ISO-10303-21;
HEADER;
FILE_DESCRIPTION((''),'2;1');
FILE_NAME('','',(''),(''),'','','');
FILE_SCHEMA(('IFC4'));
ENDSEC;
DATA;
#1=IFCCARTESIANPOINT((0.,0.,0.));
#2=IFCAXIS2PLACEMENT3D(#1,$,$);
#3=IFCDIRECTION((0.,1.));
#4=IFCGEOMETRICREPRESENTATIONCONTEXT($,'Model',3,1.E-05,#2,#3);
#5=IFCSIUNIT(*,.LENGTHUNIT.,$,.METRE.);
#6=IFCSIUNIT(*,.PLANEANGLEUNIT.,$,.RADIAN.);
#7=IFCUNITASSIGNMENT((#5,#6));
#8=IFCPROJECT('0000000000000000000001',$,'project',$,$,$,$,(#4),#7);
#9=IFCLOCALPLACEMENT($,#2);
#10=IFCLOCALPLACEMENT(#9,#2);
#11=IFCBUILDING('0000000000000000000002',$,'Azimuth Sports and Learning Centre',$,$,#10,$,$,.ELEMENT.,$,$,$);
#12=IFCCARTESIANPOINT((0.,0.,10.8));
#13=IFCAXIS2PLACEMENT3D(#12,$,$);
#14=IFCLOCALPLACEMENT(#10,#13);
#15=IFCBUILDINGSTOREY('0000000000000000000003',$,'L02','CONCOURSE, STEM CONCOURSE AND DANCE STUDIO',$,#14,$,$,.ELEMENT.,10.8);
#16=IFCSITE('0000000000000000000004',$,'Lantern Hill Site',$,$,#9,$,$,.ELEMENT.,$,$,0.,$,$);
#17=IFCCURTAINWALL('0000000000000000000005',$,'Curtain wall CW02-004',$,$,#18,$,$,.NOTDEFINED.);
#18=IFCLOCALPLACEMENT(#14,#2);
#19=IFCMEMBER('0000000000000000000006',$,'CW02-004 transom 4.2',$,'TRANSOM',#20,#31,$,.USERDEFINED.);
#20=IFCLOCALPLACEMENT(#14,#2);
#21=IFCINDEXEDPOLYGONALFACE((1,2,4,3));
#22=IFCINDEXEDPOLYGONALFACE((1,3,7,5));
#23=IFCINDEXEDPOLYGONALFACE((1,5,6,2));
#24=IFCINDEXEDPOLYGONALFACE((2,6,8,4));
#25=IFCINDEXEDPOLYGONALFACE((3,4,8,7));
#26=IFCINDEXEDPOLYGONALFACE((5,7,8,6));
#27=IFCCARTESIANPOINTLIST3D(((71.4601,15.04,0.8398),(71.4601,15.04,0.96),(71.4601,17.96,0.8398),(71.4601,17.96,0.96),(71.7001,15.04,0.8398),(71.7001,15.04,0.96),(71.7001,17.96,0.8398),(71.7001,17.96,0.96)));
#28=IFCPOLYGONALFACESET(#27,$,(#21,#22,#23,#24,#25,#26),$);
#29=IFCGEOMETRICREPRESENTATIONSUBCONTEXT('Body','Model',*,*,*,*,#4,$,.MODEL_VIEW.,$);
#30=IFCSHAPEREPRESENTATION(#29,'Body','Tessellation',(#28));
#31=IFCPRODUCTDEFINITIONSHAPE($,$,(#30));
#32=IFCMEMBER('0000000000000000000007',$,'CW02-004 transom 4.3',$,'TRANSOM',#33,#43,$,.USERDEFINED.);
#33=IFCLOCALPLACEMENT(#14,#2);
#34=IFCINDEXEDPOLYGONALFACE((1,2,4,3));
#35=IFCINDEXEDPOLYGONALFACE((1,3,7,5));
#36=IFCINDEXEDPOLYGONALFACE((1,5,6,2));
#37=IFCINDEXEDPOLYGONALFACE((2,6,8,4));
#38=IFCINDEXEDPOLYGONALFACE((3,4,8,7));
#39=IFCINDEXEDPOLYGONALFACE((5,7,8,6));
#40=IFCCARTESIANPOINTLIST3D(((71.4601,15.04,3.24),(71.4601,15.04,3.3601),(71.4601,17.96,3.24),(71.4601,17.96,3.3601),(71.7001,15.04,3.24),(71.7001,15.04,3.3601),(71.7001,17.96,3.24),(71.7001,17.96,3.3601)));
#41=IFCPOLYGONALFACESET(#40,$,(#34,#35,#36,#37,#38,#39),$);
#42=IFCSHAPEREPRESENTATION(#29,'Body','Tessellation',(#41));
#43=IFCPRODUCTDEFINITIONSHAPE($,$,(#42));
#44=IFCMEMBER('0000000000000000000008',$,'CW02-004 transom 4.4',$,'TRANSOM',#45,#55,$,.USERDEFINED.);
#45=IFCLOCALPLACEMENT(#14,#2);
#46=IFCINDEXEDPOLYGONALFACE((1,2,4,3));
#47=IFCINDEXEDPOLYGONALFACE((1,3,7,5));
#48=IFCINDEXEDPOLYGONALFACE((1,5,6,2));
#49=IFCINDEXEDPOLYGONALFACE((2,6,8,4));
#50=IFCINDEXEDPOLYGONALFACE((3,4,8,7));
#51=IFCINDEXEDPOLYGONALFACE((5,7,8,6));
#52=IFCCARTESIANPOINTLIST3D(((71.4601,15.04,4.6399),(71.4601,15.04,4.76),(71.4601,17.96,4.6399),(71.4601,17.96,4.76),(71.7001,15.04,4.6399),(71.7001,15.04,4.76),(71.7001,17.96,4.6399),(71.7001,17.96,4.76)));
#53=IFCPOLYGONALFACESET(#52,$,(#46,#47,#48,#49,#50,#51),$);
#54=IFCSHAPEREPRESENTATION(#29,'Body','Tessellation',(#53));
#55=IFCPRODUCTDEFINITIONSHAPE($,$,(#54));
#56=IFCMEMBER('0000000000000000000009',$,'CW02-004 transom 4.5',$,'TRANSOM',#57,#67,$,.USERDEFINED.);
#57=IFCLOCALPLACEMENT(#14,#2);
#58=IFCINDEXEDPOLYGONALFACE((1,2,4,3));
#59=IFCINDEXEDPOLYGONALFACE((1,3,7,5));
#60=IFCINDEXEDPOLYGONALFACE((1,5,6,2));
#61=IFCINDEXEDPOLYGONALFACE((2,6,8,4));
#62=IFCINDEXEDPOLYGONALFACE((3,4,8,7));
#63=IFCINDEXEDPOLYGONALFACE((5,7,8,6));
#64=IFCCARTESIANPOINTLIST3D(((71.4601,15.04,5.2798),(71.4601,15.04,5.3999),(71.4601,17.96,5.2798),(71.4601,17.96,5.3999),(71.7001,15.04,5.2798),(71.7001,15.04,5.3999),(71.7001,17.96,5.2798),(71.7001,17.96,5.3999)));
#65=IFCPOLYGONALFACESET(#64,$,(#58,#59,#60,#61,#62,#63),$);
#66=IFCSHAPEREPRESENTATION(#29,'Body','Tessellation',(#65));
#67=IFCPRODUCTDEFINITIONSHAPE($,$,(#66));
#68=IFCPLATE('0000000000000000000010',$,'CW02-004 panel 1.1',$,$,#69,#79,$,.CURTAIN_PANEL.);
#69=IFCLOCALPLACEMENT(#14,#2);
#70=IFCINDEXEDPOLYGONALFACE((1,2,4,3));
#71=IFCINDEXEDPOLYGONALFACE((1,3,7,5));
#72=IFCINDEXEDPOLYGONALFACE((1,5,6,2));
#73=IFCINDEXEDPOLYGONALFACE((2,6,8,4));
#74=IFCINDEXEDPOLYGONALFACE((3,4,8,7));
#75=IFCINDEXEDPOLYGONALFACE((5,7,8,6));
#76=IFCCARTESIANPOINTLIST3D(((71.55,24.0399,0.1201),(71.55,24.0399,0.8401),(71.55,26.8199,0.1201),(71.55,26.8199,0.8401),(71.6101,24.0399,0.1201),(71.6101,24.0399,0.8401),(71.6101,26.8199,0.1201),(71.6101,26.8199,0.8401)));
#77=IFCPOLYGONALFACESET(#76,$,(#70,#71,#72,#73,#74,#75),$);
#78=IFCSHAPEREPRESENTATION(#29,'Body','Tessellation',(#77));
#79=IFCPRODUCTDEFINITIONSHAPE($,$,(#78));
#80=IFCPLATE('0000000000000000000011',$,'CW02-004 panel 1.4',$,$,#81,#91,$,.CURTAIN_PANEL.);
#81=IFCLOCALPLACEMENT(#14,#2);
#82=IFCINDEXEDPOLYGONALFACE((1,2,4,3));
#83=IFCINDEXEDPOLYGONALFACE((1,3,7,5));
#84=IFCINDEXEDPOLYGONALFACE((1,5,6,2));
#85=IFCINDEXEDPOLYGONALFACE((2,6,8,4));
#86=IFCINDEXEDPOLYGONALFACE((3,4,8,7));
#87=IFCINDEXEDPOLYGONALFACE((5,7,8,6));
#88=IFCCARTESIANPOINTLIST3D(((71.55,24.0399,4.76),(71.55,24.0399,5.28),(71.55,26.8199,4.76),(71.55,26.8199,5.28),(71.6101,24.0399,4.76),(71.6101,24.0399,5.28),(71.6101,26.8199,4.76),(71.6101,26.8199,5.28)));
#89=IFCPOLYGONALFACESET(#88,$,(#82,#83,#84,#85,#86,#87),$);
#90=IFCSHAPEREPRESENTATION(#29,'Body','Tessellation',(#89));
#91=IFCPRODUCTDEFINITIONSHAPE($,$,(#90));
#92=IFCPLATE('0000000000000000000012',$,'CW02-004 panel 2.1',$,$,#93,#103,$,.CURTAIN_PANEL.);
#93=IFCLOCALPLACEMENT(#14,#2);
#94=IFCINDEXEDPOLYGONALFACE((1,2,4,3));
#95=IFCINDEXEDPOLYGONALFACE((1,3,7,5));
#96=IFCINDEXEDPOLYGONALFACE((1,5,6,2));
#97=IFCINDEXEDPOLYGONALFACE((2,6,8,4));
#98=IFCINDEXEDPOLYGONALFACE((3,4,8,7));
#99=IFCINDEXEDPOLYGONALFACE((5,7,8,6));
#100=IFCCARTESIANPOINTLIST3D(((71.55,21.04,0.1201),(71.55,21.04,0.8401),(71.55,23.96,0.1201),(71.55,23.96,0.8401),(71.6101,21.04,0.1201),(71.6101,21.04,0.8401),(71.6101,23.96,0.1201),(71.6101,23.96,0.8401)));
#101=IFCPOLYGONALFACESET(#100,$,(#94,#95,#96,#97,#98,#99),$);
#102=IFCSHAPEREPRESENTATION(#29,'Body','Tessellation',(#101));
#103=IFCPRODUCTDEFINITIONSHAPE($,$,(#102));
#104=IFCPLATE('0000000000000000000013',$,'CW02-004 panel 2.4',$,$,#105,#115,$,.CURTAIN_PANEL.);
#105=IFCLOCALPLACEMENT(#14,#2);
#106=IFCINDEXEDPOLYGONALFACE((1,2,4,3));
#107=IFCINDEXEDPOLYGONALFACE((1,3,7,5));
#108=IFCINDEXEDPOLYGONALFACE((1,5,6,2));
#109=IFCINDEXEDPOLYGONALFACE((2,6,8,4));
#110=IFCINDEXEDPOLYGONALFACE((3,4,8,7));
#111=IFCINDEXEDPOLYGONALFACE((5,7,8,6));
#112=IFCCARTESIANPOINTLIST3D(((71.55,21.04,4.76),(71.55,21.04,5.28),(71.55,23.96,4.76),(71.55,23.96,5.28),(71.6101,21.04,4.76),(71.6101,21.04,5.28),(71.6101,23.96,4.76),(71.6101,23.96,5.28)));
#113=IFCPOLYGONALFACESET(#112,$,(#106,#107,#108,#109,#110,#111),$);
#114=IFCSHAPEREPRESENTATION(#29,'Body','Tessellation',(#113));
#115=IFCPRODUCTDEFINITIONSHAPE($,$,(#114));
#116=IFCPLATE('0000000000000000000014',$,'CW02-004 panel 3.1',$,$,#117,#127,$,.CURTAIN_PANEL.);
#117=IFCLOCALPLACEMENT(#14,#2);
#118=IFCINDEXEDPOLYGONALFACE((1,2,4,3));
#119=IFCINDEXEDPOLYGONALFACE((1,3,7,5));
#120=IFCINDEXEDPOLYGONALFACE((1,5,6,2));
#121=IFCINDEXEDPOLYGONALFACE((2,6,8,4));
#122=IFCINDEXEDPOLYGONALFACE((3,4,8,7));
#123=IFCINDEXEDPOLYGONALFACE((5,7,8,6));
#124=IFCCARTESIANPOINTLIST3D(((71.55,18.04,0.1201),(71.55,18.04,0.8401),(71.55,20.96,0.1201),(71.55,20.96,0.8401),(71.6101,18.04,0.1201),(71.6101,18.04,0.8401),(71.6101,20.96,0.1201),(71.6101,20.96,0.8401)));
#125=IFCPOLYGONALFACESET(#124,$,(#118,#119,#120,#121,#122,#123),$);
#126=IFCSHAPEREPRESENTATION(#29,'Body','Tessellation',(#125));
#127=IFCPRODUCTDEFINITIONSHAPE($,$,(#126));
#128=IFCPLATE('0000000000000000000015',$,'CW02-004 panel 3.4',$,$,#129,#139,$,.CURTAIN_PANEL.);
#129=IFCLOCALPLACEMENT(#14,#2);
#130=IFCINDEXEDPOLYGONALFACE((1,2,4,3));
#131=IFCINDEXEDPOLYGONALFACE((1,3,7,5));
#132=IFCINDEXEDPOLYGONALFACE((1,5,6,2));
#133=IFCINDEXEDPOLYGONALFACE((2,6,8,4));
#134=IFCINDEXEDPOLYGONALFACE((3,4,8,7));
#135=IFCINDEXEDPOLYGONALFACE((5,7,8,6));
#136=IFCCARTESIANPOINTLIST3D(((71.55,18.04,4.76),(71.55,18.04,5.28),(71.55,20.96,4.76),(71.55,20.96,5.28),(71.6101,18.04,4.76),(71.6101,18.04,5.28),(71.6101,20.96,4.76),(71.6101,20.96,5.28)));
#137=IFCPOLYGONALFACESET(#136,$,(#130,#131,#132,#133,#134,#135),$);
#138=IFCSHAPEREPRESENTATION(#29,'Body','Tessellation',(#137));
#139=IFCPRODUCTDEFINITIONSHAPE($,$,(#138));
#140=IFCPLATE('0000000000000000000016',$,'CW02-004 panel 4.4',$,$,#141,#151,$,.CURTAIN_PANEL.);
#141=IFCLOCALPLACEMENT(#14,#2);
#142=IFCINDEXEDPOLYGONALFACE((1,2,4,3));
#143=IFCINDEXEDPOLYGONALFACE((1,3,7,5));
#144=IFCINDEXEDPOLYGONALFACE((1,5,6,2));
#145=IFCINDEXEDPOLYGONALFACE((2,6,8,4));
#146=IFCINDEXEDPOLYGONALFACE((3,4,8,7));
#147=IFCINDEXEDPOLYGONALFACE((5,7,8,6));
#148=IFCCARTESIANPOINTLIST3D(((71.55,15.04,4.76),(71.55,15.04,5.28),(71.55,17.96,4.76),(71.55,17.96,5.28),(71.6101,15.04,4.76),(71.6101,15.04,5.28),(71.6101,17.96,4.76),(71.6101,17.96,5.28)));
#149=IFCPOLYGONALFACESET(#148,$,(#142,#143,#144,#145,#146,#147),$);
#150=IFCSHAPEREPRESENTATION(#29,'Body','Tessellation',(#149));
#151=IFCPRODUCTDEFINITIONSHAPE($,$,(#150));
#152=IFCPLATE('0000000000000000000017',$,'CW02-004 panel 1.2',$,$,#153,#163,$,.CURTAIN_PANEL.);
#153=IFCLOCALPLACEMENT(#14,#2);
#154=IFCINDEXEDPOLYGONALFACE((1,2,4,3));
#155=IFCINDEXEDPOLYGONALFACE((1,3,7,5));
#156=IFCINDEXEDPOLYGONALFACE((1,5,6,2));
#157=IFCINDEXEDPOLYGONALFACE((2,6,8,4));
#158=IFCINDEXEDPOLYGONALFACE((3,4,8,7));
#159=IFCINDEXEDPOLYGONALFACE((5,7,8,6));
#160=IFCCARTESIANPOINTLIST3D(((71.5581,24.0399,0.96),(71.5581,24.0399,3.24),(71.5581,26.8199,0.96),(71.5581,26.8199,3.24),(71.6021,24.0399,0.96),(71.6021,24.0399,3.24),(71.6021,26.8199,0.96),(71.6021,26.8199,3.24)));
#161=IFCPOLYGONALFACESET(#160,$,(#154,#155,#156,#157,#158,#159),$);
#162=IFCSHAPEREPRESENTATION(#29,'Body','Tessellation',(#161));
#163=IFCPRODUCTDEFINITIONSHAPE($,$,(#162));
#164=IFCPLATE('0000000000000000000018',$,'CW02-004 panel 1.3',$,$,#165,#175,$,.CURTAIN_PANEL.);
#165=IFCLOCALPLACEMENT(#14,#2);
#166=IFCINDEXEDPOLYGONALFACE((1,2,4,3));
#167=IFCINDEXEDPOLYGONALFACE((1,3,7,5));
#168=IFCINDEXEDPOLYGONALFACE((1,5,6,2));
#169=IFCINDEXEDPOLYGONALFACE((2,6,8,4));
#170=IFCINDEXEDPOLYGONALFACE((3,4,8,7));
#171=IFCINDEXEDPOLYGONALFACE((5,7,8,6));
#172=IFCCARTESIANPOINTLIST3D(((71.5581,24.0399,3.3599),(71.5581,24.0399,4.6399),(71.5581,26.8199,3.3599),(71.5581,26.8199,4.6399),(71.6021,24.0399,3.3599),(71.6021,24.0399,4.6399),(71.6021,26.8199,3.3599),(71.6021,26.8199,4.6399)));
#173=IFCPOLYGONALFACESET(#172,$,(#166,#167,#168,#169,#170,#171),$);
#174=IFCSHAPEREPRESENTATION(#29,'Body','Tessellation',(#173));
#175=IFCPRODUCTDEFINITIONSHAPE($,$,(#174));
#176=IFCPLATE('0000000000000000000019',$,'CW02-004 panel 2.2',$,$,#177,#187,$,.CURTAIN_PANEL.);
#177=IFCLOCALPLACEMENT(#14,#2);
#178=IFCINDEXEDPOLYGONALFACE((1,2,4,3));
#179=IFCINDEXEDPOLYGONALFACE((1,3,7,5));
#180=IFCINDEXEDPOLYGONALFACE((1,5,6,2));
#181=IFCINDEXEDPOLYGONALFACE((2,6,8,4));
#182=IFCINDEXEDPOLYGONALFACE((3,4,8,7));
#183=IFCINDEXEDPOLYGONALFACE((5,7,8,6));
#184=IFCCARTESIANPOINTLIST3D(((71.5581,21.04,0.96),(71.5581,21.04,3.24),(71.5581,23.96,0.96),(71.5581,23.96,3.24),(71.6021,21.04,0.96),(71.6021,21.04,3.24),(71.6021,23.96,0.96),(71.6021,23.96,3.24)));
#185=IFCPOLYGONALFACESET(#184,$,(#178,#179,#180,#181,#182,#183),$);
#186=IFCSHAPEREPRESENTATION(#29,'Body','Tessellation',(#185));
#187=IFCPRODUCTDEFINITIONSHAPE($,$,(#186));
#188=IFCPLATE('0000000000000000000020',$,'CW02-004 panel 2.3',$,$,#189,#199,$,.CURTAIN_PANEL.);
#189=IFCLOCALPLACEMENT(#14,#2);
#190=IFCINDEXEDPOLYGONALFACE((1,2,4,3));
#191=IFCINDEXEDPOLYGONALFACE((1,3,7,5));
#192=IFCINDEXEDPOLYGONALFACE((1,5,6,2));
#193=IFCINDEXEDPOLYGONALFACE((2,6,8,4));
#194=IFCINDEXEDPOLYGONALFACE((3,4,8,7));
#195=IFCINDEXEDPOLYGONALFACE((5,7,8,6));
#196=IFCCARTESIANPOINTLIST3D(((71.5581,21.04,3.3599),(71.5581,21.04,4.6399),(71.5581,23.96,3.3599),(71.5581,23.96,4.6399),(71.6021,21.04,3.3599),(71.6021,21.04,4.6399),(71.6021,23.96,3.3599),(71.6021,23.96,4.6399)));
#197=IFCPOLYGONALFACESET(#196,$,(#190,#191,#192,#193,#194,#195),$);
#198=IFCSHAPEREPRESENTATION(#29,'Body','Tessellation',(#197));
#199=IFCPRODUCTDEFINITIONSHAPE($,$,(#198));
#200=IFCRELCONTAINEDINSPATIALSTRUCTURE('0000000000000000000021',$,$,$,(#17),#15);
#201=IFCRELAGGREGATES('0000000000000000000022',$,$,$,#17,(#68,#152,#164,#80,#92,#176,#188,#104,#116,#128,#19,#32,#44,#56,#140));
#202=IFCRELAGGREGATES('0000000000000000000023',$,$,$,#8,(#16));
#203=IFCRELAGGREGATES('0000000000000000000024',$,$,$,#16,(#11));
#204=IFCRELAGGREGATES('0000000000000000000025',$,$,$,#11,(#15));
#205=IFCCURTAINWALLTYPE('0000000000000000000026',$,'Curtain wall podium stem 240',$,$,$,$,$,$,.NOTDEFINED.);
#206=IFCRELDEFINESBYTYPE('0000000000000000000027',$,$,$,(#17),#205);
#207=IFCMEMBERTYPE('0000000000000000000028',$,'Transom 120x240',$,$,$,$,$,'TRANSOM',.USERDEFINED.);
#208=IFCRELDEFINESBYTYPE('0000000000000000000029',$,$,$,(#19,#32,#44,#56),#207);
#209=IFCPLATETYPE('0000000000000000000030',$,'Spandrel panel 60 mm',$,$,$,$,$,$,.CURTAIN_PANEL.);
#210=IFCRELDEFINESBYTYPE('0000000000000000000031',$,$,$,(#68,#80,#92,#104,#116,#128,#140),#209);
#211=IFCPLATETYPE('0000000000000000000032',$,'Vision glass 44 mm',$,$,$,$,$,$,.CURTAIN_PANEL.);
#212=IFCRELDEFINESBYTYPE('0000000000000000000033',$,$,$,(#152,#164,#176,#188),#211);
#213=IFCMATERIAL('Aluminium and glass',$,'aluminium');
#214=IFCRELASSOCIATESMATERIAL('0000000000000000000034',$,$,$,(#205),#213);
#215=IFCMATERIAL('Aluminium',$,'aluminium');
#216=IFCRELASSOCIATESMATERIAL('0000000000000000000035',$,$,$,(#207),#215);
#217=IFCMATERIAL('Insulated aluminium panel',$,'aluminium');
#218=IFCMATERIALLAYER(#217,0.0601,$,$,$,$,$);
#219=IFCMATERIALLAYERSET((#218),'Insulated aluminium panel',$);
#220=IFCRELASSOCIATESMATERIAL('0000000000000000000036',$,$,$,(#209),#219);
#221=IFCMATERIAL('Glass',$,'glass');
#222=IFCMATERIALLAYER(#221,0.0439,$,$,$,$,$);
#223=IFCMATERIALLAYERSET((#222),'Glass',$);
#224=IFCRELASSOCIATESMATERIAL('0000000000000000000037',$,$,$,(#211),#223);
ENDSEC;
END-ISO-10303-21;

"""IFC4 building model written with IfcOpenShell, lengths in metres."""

from ifc_helpers import new_model, si_unit, direction, frame, origin, origin_2d, place, context, subcontext, project, spatial, rectangle, extrude, material, layer, layer_set, material_profile, profile_set, type_object, element, aggregate, save


model = new_model("IFC4")

# Units and contexts
model_context = context("Model", 3, precision=1e-05, world=origin(), true_north=direction((0.0, 1.0)))
body_context = subcontext(model_context, "Body", "Model", "MODEL_VIEW")
ifc_project = project(units=[si_unit("LENGTHUNIT", "METRE"), si_unit("PLANEANGLEUNIT", "RADIAN")], contexts=[model_context])

# Site, building, storey
site_placement = place(None, origin())
site = spatial("IfcSite", under=ifc_project, at=site_placement, Name="Lantern Hill Site", CompositionType="ELEMENT", RefElevation=0.0)
building_placement = place(site_placement, origin())
building = spatial("IfcBuilding", under=site, at=building_placement, Name="Azimuth Sports and Learning Centre", CompositionType="ELEMENT")
storey_placement = place(building_placement, frame((0.0, 0.0, 10.8)))
storey = spatial("IfcBuildingStorey", under=building, at=storey_placement, Name="L02", Description="CONCOURSE, STEM CONCOURSE AND DANCE STUDIO", CompositionType="ELEMENT", Elevation=10.8)

# Curtain wall, members, plates
ifc_material_1 = material(Name="Aluminium and glass", Category="aluminium")
curtain_wall_type = type_object("IfcCurtainWallType", Name="Curtain wall podium stem 240", PredefinedType="NOTDEFINED", material=ifc_material_1)
curtain_wall_placement = place(storey_placement, origin())
curtain_wall = element("IfcCurtainWall", 1, at=curtain_wall_placement, inside=storey, type_object=curtain_wall_type, Name="Curtain wall CW02-004", PredefinedType="NOTDEFINED")
ifc_material_2 = material(Name="Aluminium", Category="aluminium")
ifc_material_profile_1 = material_profile(ifc_material_2, rectangle(XDim=0.24, YDim=0.1201, at=origin_2d()), Name="Transom 120x240")
ifc_profile_set_1 = profile_set([ifc_material_profile_1], Name="Aluminium")
member_type_1 = type_object("IfcMemberType", Name="Transom 120x240", ElementType="TRANSOM", PredefinedType="USERDEFINED", material=ifc_profile_set_1)
member_1_placement = place(storey_placement, frame((71.5801, 17.96, 0.8999), z_axis=(0.0, -1.0, 0.0), x_axis=(1.0, 0.0, 0.0)))
member_1 = element("IfcMember", 2, at=member_1_placement, type_object=member_type_1, Name="CW02-004 transom 4.2", ObjectType="TRANSOM", PredefinedType="USERDEFINED", context=body_context, shape_type="SweptSolid", body=[
    extrude(rectangle(XDim=0.24, YDim=0.1201, at=origin_2d()), origin(), (0.0, 0.0, 1.0), 2.9199),
])
member_2_placement = place(storey_placement, frame((71.5801, 17.96, 3.3), z_axis=(0.0, -1.0, 0.0), x_axis=(1.0, 0.0, 0.0)))
member_2 = element("IfcMember", 3, at=member_2_placement, type_object=member_type_1, Name="CW02-004 transom 4.3", ObjectType="TRANSOM", PredefinedType="USERDEFINED", context=body_context, shape_type="SweptSolid", body=[
    extrude(rectangle(XDim=0.24, YDim=0.1201, at=origin_2d()), origin(), (0.0, 0.0, 1.0), 2.9199),
])
member_3_placement = place(storey_placement, frame((71.5801, 17.96, 4.7), z_axis=(0.0, -1.0, 0.0), x_axis=(1.0, 0.0, 0.0)))
member_3 = element("IfcMember", 4, at=member_3_placement, type_object=member_type_1, Name="CW02-004 transom 4.4", ObjectType="TRANSOM", PredefinedType="USERDEFINED", context=body_context, shape_type="SweptSolid", body=[
    extrude(rectangle(XDim=0.24, YDim=0.1201, at=origin_2d()), origin(), (0.0, 0.0, 1.0), 2.9199),
])
member_4_placement = place(storey_placement, frame((71.5801, 17.96, 5.3398), z_axis=(0.0, -1.0, 0.0), x_axis=(1.0, 0.0, 0.0)))
member_4 = element("IfcMember", 5, at=member_4_placement, type_object=member_type_1, Name="CW02-004 transom 4.5", ObjectType="TRANSOM", PredefinedType="USERDEFINED", context=body_context, shape_type="SweptSolid", body=[
    extrude(rectangle(XDim=0.24, YDim=0.1201, at=origin_2d()), origin(), (0.0, 0.0, 1.0), 2.9199),
])
ifc_material_3 = material(Name="Insulated aluminium panel", Category="aluminium")
ifc_layer_1 = layer(ifc_material_3, 0.0601)
ifc_layer_set_1 = layer_set([ifc_layer_1], Name="Insulated aluminium panel")
plate_type_1 = type_object("IfcPlateType", Name="Spandrel panel 60 mm", PredefinedType="CURTAIN_PANEL", material=ifc_layer_set_1)
plate_1_placement = place(storey_placement, frame((71.5801, 25.4299, 0.1201), z_axis=(0.0, 0.0, 1.0), x_axis=(0.0, -1.0, 0.0)))
plate_1 = element("IfcPlate", 6, at=plate_1_placement, type_object=plate_type_1, Name="CW02-004 panel 1.1", PredefinedType="CURTAIN_PANEL", context=body_context, shape_type="SweptSolid", body=[
    extrude(rectangle(XDim=2.78, YDim=0.0601, at=origin_2d()), origin(), (0.0, 0.0, 1.0), 0.72),
])
plate_2_placement = place(storey_placement, frame((71.5801, 25.4299, 4.76), z_axis=(0.0, 0.0, 1.0), x_axis=(0.0, -1.0, 0.0)))
plate_2 = element("IfcPlate", 7, at=plate_2_placement, type_object=plate_type_1, Name="CW02-004 panel 1.4", PredefinedType="CURTAIN_PANEL", context=body_context, shape_type="SweptSolid", body=[
    extrude(rectangle(XDim=2.78, YDim=0.0601, at=origin_2d()), origin(), (0.0, 0.0, 1.0), 0.52),
])
plate_3_placement = place(storey_placement, frame((71.5801, 22.5, 0.1201), z_axis=(0.0, 0.0, 1.0), x_axis=(0.0, -1.0, 0.0)))
plate_3 = element("IfcPlate", 8, at=plate_3_placement, type_object=plate_type_1, Name="CW02-004 panel 2.1", PredefinedType="CURTAIN_PANEL", context=body_context, shape_type="SweptSolid", body=[
    extrude(rectangle(XDim=2.9199, YDim=0.0601, at=origin_2d()), origin(), (0.0, 0.0, 1.0), 0.72),
])
plate_4_placement = place(storey_placement, frame((71.5801, 22.5, 4.76), z_axis=(0.0, 0.0, 1.0), x_axis=(0.0, -1.0, 0.0)))
plate_4 = element("IfcPlate", 9, at=plate_4_placement, type_object=plate_type_1, Name="CW02-004 panel 2.4", PredefinedType="CURTAIN_PANEL", context=body_context, shape_type="SweptSolid", body=[
    extrude(rectangle(XDim=2.9199, YDim=0.0601, at=origin_2d()), origin(), (0.0, 0.0, 1.0), 0.52),
])
plate_5_placement = place(storey_placement, frame((71.5801, 19.5, 0.1201), z_axis=(0.0, 0.0, 1.0), x_axis=(0.0, -1.0, 0.0)))
plate_5 = element("IfcPlate", 10, at=plate_5_placement, type_object=plate_type_1, Name="CW02-004 panel 3.1", PredefinedType="CURTAIN_PANEL", context=body_context, shape_type="SweptSolid", body=[
    extrude(rectangle(XDim=2.9199, YDim=0.0601, at=origin_2d()), origin(), (0.0, 0.0, 1.0), 0.72),
])
plate_6_placement = place(storey_placement, frame((71.5801, 19.5, 4.76), z_axis=(0.0, 0.0, 1.0), x_axis=(0.0, -1.0, 0.0)))
plate_6 = element("IfcPlate", 11, at=plate_6_placement, type_object=plate_type_1, Name="CW02-004 panel 3.4", PredefinedType="CURTAIN_PANEL", context=body_context, shape_type="SweptSolid", body=[
    extrude(rectangle(XDim=2.9199, YDim=0.0601, at=origin_2d()), origin(), (0.0, 0.0, 1.0), 0.52),
])
plate_7_placement = place(storey_placement, frame((71.5801, 16.5, 4.76), z_axis=(0.0, 0.0, 1.0), x_axis=(0.0, -1.0, 0.0)))
plate_7 = element("IfcPlate", 12, at=plate_7_placement, type_object=plate_type_1, Name="CW02-004 panel 4.4", PredefinedType="CURTAIN_PANEL", context=body_context, shape_type="SweptSolid", body=[
    extrude(rectangle(XDim=2.9199, YDim=0.0601, at=origin_2d()), origin(), (0.0, 0.0, 1.0), 0.52),
])
ifc_material_4 = material(Name="Glass", Category="glass")
ifc_layer_2 = layer(ifc_material_4, 0.0439)
ifc_layer_set_2 = layer_set([ifc_layer_2], Name="Glass")
plate_type_2 = type_object("IfcPlateType", Name="Vision glass 44 mm", PredefinedType="CURTAIN_PANEL", material=ifc_layer_set_2)
plate_8_placement = place(storey_placement, frame((71.5801, 25.4299, 0.96), z_axis=(0.0, 0.0, 1.0), x_axis=(0.0, -1.0, 0.0)))
plate_8 = element("IfcPlate", 13, at=plate_8_placement, type_object=plate_type_2, Name="CW02-004 panel 1.2", PredefinedType="CURTAIN_PANEL", context=body_context, shape_type="SweptSolid", body=[
    extrude(rectangle(XDim=2.78, YDim=0.0439, at=origin_2d()), origin(), (0.0, 0.0, 1.0), 2.28),
])
plate_9_placement = place(storey_placement, frame((71.5801, 25.4299, 3.3599), z_axis=(0.0, 0.0, 1.0), x_axis=(0.0, -1.0, 0.0)))
plate_9 = element("IfcPlate", 14, at=plate_9_placement, type_object=plate_type_2, Name="CW02-004 panel 1.3", PredefinedType="CURTAIN_PANEL", context=body_context, shape_type="SweptSolid", body=[
    extrude(rectangle(XDim=2.78, YDim=0.0439, at=origin_2d()), origin(), (0.0, 0.0, 1.0), 1.28),
])
plate_10_placement = place(storey_placement, frame((71.5801, 22.5, 0.96), z_axis=(0.0, 0.0, 1.0), x_axis=(0.0, -1.0, 0.0)))
plate_10 = element("IfcPlate", 15, at=plate_10_placement, type_object=plate_type_2, Name="CW02-004 panel 2.2", PredefinedType="CURTAIN_PANEL", context=body_context, shape_type="SweptSolid", body=[
    extrude(rectangle(XDim=2.9199, YDim=0.0439, at=origin_2d()), origin(), (0.0, 0.0, 1.0), 2.28),
])
plate_11_placement = place(storey_placement, frame((71.5801, 22.5, 3.3599), z_axis=(0.0, 0.0, 1.0), x_axis=(0.0, -1.0, 0.0)))
plate_11 = element("IfcPlate", 16, at=plate_11_placement, type_object=plate_type_2, Name="CW02-004 panel 2.3", PredefinedType="CURTAIN_PANEL", context=body_context, shape_type="SweptSolid", body=[
    extrude(rectangle(XDim=2.9199, YDim=0.0439, at=origin_2d()), origin(), (0.0, 0.0, 1.0), 1.28),
])
aggregate(curtain_wall, [plate_1, plate_8, plate_9, plate_2, plate_3, plate_10, plate_11, plate_4, plate_5, plate_6, member_1, member_2, member_3, member_4, plate_7])

save(model, "model.ifc")
